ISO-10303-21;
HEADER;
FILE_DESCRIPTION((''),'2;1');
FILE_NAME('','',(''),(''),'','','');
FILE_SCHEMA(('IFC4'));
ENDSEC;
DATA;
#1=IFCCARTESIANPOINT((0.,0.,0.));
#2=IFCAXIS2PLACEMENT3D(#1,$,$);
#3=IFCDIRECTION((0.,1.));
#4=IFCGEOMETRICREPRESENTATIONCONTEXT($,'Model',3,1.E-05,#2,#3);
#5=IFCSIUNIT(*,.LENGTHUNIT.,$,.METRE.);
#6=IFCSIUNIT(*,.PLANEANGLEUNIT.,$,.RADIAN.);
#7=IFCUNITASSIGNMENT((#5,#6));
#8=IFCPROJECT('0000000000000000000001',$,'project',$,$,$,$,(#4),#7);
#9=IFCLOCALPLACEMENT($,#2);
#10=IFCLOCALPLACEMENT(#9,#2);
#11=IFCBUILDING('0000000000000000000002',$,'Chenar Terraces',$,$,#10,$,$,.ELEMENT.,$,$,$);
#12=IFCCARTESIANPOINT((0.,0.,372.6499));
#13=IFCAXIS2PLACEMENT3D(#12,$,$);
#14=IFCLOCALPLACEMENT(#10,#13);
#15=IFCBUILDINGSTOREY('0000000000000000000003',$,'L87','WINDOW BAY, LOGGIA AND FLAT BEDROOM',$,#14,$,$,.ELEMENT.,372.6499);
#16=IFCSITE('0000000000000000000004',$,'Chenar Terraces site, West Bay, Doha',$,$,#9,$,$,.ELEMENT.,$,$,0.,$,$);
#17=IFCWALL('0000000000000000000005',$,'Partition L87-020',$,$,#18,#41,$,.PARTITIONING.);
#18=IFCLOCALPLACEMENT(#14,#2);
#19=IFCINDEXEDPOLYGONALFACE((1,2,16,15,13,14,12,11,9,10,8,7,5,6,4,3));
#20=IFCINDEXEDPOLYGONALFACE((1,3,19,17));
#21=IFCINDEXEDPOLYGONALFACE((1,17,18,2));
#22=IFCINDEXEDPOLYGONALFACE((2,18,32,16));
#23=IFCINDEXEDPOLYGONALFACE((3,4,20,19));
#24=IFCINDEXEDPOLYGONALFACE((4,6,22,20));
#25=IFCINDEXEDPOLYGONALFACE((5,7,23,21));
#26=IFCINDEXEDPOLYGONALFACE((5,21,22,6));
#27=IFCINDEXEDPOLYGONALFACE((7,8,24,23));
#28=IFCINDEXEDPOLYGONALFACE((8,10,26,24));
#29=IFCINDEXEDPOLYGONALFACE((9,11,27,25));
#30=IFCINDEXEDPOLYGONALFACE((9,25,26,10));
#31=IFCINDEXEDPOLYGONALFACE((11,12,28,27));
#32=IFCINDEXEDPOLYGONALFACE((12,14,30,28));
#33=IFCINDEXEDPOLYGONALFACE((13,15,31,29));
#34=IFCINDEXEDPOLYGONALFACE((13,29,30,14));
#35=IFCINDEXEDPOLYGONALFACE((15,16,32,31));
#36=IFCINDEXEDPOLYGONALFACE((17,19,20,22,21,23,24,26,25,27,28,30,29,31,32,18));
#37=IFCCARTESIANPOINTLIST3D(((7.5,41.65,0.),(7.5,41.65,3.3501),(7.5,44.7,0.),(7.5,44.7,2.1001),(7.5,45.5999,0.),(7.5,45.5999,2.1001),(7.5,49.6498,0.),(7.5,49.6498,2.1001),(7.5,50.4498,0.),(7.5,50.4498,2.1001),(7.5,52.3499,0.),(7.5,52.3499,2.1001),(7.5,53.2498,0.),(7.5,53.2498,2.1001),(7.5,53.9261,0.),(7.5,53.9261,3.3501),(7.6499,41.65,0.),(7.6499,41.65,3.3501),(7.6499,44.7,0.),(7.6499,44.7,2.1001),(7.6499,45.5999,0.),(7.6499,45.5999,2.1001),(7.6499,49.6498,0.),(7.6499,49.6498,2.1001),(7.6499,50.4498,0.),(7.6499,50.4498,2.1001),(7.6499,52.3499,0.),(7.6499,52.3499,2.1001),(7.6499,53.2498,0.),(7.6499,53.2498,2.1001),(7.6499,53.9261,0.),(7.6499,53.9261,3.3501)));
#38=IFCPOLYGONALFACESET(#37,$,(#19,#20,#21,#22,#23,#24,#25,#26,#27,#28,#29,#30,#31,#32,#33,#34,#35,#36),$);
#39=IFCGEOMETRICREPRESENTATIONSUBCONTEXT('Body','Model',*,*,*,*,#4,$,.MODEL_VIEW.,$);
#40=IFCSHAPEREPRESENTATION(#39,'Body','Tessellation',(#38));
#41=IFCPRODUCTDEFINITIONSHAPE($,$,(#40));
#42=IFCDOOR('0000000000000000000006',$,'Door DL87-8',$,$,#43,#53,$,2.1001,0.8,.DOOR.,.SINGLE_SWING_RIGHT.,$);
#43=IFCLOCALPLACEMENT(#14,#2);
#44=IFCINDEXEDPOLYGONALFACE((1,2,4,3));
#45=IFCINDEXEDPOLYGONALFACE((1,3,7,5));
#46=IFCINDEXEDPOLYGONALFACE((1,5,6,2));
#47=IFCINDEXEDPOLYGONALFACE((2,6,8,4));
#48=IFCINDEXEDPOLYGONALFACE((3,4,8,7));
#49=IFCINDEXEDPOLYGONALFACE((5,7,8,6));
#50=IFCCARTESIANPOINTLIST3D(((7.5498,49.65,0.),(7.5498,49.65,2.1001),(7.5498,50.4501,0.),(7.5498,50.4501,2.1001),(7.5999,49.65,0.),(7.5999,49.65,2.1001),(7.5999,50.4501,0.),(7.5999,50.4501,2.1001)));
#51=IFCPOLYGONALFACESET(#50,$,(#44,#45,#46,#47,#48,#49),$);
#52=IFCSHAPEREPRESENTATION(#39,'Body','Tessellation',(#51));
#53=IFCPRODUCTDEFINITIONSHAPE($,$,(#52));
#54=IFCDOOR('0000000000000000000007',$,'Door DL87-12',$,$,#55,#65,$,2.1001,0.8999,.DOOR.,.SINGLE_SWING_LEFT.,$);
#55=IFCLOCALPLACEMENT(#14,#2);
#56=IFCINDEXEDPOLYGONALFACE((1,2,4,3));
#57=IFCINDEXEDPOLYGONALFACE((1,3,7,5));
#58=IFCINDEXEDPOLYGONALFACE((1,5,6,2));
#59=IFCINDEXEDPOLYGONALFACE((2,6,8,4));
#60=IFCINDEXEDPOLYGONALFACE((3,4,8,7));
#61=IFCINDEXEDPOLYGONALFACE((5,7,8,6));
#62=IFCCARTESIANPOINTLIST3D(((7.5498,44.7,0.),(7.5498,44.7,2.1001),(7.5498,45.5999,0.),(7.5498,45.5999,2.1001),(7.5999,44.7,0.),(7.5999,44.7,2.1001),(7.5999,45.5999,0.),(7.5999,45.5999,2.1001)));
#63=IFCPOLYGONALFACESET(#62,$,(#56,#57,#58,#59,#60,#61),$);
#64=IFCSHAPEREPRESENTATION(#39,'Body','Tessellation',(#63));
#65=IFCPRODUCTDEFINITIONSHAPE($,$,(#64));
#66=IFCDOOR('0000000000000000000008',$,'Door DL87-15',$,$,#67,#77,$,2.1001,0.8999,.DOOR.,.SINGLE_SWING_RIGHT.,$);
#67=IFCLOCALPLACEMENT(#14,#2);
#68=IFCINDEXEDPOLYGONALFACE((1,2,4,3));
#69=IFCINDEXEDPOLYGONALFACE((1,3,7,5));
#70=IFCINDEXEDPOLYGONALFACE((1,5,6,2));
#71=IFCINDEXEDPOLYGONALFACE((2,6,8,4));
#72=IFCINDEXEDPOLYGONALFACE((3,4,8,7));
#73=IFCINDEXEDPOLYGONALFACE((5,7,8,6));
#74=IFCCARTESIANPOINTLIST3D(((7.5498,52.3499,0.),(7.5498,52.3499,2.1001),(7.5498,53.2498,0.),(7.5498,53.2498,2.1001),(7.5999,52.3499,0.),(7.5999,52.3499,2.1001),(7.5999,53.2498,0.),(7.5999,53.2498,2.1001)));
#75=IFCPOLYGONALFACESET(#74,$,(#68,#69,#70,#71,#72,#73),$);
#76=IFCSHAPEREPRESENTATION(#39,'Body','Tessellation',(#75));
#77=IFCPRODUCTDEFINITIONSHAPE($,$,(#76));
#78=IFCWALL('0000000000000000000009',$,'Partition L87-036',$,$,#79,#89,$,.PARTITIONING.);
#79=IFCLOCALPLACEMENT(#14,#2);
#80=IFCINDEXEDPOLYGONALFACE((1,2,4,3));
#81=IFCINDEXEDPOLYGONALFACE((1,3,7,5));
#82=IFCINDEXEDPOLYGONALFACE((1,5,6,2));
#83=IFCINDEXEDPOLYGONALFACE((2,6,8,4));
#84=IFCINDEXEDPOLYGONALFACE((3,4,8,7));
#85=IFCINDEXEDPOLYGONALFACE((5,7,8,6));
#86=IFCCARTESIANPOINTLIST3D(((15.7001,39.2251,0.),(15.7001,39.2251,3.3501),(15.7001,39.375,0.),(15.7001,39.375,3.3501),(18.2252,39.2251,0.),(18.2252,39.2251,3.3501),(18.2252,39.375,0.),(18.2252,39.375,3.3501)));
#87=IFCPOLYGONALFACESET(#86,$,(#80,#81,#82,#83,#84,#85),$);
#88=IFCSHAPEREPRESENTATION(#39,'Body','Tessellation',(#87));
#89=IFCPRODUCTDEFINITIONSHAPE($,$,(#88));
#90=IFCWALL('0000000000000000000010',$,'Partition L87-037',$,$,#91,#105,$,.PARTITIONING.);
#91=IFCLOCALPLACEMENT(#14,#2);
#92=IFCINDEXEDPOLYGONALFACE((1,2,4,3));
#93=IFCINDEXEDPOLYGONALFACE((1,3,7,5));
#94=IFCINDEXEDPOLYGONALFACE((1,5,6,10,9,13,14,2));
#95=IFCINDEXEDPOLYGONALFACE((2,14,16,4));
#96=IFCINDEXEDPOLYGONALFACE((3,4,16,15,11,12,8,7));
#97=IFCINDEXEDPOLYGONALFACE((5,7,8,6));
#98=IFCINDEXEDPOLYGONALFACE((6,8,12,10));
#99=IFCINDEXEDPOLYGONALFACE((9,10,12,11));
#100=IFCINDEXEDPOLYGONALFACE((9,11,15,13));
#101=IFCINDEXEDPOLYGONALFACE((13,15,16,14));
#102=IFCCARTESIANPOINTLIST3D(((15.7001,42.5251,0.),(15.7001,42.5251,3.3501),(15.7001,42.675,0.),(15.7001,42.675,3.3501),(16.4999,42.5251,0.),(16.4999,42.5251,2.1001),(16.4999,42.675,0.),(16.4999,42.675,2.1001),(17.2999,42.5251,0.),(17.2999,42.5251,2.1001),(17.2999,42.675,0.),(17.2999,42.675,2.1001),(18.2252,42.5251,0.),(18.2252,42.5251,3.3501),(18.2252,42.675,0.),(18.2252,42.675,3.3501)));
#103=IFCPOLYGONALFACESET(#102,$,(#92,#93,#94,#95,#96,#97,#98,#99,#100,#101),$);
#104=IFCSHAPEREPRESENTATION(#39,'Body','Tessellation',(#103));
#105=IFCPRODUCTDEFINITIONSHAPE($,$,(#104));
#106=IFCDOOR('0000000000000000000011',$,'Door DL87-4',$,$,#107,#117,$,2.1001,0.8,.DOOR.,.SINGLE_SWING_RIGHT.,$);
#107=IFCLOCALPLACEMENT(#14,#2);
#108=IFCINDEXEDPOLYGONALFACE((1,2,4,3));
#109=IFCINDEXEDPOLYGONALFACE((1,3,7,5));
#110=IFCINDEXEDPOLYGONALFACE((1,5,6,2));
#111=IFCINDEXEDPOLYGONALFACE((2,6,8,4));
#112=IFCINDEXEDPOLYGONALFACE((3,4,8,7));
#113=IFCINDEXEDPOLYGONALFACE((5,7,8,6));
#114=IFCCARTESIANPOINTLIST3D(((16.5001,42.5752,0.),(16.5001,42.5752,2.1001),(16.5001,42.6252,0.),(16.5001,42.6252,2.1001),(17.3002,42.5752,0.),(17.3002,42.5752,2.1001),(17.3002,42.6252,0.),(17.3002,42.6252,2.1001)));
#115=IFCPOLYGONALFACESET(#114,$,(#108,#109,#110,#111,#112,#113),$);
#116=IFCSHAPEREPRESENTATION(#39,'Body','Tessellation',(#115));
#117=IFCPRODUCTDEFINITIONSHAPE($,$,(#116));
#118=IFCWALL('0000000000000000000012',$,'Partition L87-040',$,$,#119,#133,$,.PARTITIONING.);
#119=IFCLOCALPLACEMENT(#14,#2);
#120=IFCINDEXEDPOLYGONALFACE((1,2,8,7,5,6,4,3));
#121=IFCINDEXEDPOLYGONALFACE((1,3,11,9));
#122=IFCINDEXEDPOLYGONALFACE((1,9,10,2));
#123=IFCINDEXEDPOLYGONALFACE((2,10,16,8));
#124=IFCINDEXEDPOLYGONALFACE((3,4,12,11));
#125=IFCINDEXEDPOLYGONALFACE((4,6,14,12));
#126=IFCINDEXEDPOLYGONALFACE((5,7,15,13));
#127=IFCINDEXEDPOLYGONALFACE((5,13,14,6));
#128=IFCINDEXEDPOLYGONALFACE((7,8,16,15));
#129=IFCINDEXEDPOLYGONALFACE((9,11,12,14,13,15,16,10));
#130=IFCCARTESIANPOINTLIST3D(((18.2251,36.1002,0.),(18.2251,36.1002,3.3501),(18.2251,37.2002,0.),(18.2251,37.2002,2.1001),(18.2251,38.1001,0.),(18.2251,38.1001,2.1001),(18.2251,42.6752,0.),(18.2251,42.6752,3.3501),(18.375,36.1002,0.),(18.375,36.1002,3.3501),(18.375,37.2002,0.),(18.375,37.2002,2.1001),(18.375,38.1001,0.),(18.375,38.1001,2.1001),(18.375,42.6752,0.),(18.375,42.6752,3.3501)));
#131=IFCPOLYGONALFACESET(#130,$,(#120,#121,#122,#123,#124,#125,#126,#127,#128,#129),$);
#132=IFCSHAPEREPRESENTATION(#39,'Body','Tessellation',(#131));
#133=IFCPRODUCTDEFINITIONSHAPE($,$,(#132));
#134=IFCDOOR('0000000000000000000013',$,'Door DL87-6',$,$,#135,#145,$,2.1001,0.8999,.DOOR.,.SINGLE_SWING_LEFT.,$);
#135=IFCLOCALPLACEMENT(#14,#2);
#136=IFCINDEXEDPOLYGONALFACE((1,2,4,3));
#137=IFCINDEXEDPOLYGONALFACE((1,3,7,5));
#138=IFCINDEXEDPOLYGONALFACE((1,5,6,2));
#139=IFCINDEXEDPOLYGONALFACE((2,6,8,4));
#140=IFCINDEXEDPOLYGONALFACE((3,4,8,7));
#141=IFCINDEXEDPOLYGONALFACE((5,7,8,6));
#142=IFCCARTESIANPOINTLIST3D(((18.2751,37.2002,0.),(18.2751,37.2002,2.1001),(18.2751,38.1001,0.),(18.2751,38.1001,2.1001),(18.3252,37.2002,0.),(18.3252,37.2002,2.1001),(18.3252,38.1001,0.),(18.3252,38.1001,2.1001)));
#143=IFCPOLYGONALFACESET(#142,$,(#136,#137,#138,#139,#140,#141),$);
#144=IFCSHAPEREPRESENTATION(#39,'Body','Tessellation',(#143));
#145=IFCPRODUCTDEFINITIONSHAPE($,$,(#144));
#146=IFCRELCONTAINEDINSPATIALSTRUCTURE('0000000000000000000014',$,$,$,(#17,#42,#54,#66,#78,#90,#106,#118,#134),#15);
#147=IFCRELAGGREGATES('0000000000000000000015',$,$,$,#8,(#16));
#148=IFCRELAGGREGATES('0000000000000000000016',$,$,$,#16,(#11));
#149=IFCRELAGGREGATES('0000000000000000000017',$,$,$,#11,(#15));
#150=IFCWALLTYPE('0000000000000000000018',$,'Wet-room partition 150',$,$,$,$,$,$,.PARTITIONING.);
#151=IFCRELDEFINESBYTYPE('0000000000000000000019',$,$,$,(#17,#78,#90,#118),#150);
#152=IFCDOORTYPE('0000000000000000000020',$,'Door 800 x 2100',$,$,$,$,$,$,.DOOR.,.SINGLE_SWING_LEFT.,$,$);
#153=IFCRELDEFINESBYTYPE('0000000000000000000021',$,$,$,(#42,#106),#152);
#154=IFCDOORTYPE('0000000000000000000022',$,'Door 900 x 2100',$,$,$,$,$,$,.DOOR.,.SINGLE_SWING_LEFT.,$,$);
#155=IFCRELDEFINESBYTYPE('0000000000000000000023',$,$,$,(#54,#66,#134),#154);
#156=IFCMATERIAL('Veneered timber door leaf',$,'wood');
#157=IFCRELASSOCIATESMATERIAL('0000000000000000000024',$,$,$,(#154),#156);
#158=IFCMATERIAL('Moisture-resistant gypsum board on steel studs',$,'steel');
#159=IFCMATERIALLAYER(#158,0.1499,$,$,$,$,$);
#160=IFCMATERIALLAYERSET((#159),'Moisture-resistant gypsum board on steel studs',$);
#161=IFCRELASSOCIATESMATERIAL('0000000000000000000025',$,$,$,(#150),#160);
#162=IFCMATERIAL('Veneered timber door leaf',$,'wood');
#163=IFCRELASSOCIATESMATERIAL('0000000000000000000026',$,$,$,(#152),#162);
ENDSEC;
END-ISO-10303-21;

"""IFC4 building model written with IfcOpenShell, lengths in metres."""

from ifc_helpers import new_model, si_unit, direction, frame, frame_2d, origin, place, context, subcontext, project, spatial, rectangle, extrude, material, layer, layer_set, type_object, element, fill, save


model = new_model("IFC4")

# Units and contexts
model_context = context("Model", 3, precision=1e-05, world=origin(), true_north=direction((0.0, 1.0)))
body_context = subcontext(model_context, "Body", "Model", "MODEL_VIEW")
ifc_project = project(units=[si_unit("LENGTHUNIT", "METRE"), si_unit("PLANEANGLEUNIT", "RADIAN")], contexts=[model_context])

# Site, building, storey
site_placement = place(None, origin())
site = spatial("IfcSite", under=ifc_project, at=site_placement, Name="Chenar Terraces site, West Bay, Doha", CompositionType="ELEMENT", RefElevation=0.0)
building_placement = place(site_placement, origin())
building = spatial("IfcBuilding", under=site, at=building_placement, Name="Chenar Terraces", CompositionType="ELEMENT")
storey_placement = place(building_placement, frame((0.0, 0.0, 372.6499)))
storey = spatial("IfcBuildingStorey", under=building, at=storey_placement, Name="L87", Description="WINDOW BAY, LOGGIA AND FLAT BEDROOM", CompositionType="ELEMENT", Elevation=372.6499)

# Shared definitions
ifc_material_1 = material(Name="Veneered timber door leaf", Category="wood")
door_type_1 = type_object("IfcDoorType", Name="Door 900 x 2100", OperationType="SINGLE_SWING_LEFT", PredefinedType="DOOR", material=ifc_material_1)

# Shared definitions
ifc_material_2 = material(Name="Moisture-resistant gypsum board on steel studs", Category="steel")
ifc_layer_1 = layer(ifc_material_2, 0.1499)
ifc_layer_set_1 = layer_set([ifc_layer_1], Name="Moisture-resistant gypsum board on steel studs")
wall_type_1 = type_object("IfcWallType", Name="Wet-room partition 150", PredefinedType="PARTITIONING", material=ifc_layer_set_1)

# Wall, openings, doors
wall_1_placement = place(storey_placement, frame((7.575, 41.6499, 0.0), z_axis=(0.0, 0.0, 1.0), x_axis=(0.0, 1.0, 0.0)))
wall_1 = element("IfcWall", 1, at=wall_1_placement, inside=storey, type_object=wall_type_1, Name="Partition L87-020", PredefinedType="PARTITIONING", context=body_context, shape_type="SweptSolid", body=[
    extrude(rectangle(XDim=12.2761, YDim=0.1499, at=frame_2d((6.1382, 0.0))), origin(), (0.0, 0.0, 1.0), 3.3501),
])
opening_1_placement = place(wall_1_placement, frame((8.0, 0.0, 0.0)))
opening_1 = element("IfcOpeningElement", 2, at=opening_1_placement, cuts=wall_1, PredefinedType="OPENING", context=body_context, shape_type="SweptSolid", body=[
    extrude(rectangle(XDim=0.8, YDim=2.1001, at=frame_2d((0.3999, 1.05))), frame((0.0, 0.085, 0.0), z_axis=(0.0, -1.0, 0.0), x_axis=(1.0, 0.0, 0.0)), (0.0, 0.0, 1.0), 0.1699),
])
opening_2_placement = place(wall_1_placement, frame((3.05, 0.0, 0.0)))
opening_2 = element("IfcOpeningElement", 3, at=opening_2_placement, cuts=wall_1, PredefinedType="OPENING", context=body_context, shape_type="SweptSolid", body=[
    extrude(rectangle(XDim=0.8999, YDim=2.1001, at=frame_2d((0.45, 1.05))), frame((0.0, 0.085, 0.0), z_axis=(0.0, -1.0, 0.0), x_axis=(1.0, 0.0, 0.0)), (0.0, 0.0, 1.0), 0.1699),
])
opening_3_placement = place(wall_1_placement, frame((10.7, 0.0, 0.0)))
opening_3 = element("IfcOpeningElement", 4, at=opening_3_placement, cuts=wall_1, PredefinedType="OPENING", context=body_context, shape_type="SweptSolid", body=[
    extrude(rectangle(XDim=0.8999, YDim=2.1001, at=frame_2d((0.45, 1.05))), frame((0.0, 0.085, 0.0), z_axis=(0.0, -1.0, 0.0), x_axis=(1.0, 0.0, 0.0)), (0.0, 0.0, 1.0), 0.1699),
])
ifc_material_3 = material(Name="Veneered timber door leaf", Category="wood")
door_type_2 = type_object("IfcDoorType", Name="Door 800 x 2100", OperationType="SINGLE_SWING_LEFT", PredefinedType="DOOR", material=ifc_material_3)
door_1_placement = place(opening_1_placement, frame((0.8, 0.0, 0.0), z_axis=(0.0, 0.0, 1.0), x_axis=(-1.0, 0.0, 0.0)))
door_1 = element("IfcDoor", 5, at=door_1_placement, inside=storey, type_object=door_type_2, Name="Door DL87-8", OperationType="SINGLE_SWING_RIGHT", OverallHeight=2.1001, OverallWidth=0.8, PredefinedType="DOOR", context=body_context, shape_type="SweptSolid", body=[
    extrude(rectangle(XDim=0.8, YDim=2.1001, at=frame_2d((0.3999, 1.05))), frame((0.0, 0.0249, 0.0), z_axis=(0.0, -1.0, 0.0), x_axis=(1.0, 0.0, 0.0)), (0.0, 0.0, 1.0), 0.05),
])
fill(opening_1, door_1)
door_2_placement = place(opening_2_placement, frame((0.8999, 0.0, 0.0), z_axis=(0.0, 0.0, 1.0), x_axis=(-1.0, 0.0, 0.0)))
door_2 = element("IfcDoor", 6, at=door_2_placement, inside=storey, type_object=door_type_1, Name="Door DL87-12", OperationType="SINGLE_SWING_LEFT", OverallHeight=2.1001, OverallWidth=0.8999, PredefinedType="DOOR", context=body_context, shape_type="SweptSolid", body=[
    extrude(rectangle(XDim=0.8999, YDim=2.1001, at=frame_2d((0.45, 1.05))), frame((0.0, 0.0249, 0.0), z_axis=(0.0, -1.0, 0.0), x_axis=(1.0, 0.0, 0.0)), (0.0, 0.0, 1.0), 0.05),
])
fill(opening_2, door_2)
door_3_placement = place(opening_3_placement, frame((0.8999, 0.0, 0.0), z_axis=(0.0, 0.0, 1.0), x_axis=(-1.0, 0.0, 0.0)))
door_3 = element("IfcDoor", 7, at=door_3_placement, inside=storey, type_object=door_type_1, Name="Door DL87-15", OperationType="SINGLE_SWING_RIGHT", OverallHeight=2.1001, OverallWidth=0.8999, PredefinedType="DOOR", context=body_context, shape_type="SweptSolid", body=[
    extrude(rectangle(XDim=0.8999, YDim=2.1001, at=frame_2d((0.45, 1.05))), frame((0.0, 0.0249, 0.0), z_axis=(0.0, -1.0, 0.0), x_axis=(1.0, 0.0, 0.0)), (0.0, 0.0, 1.0), 0.05),
])
fill(opening_3, door_3)

# Wall
wall_2_placement = place(storey_placement, frame((15.7, 39.3, 0.0), z_axis=(0.0, 0.0, 1.0), x_axis=(1.0, 0.0, 0.0)))
element("IfcWall", 8, at=wall_2_placement, inside=storey, type_object=wall_type_1, Name="Partition L87-036", PredefinedType="PARTITIONING", context=body_context, shape_type="SweptSolid", body=[
    extrude(rectangle(XDim=2.5251, YDim=0.1499, at=frame_2d((1.2627, 0.0))), origin(), (0.0, 0.0, 1.0), 3.3501),
])

# Walls, openings, doors
wall_3_placement = place(storey_placement, frame((15.7, 42.6001, 0.0), z_axis=(0.0, 0.0, 1.0), x_axis=(1.0, 0.0, 0.0)))
wall_3 = element("IfcWall", 9, at=wall_3_placement, inside=storey, type_object=wall_type_1, Name="Partition L87-037", PredefinedType="PARTITIONING", context=body_context, shape_type="SweptSolid", body=[
    extrude(rectangle(XDim=2.5251, YDim=0.1499, at=frame_2d((1.2627, 0.0))), origin(), (0.0, 0.0, 1.0), 3.3501),
])
opening_4_placement = place(wall_3_placement, frame((0.8, 0.0, 0.0)))
opening_4 = element("IfcOpeningElement", 10, at=opening_4_placement, cuts=wall_3, PredefinedType="OPENING", context=body_context, shape_type="SweptSolid", body=[
    extrude(rectangle(XDim=0.8, YDim=2.1001, at=frame_2d((0.3999, 1.05))), frame((0.0, 0.085, 0.0), z_axis=(0.0, -1.0, 0.0), x_axis=(1.0, 0.0, 0.0)), (0.0, 0.0, 1.0), 0.1699),
])
door_4_placement = place(opening_4_placement, frame((0.8, 0.0, 0.0), z_axis=(0.0, 0.0, 1.0), x_axis=(-1.0, 0.0, 0.0)))
door_4 = element("IfcDoor", 11, at=door_4_placement, inside=storey, type_object=door_type_2, Name="Door DL87-4", OperationType="SINGLE_SWING_RIGHT", OverallHeight=2.1001, OverallWidth=0.8, PredefinedType="DOOR", context=body_context, shape_type="SweptSolid", body=[
    extrude(rectangle(XDim=0.8, YDim=2.1001, at=frame_2d((0.3999, 1.05))), frame((0.0, 0.0249, 0.0), z_axis=(0.0, -1.0, 0.0), x_axis=(1.0, 0.0, 0.0)), (0.0, 0.0, 1.0), 0.05),
])
fill(opening_4, door_4)
wall_4_placement = place(storey_placement, frame((18.3, 36.1001, 0.0), z_axis=(0.0, 0.0, 1.0), x_axis=(0.0, 1.0, 0.0)))
wall_4 = element("IfcWall", 12, at=wall_4_placement, inside=storey, type_object=wall_type_1, Name="Partition L87-040", PredefinedType="PARTITIONING", context=body_context, shape_type="SweptSolid", body=[
    extrude(rectangle(XDim=6.575, YDim=0.1499, at=frame_2d((3.2876, 0.0))), origin(), (0.0, 0.0, 1.0), 3.3501),
])
opening_5_placement = place(wall_4_placement, frame((1.1001, 0.0, 0.0)))
opening_5 = element("IfcOpeningElement", 13, at=opening_5_placement, cuts=wall_4, PredefinedType="OPENING", context=body_context, shape_type="SweptSolid", body=[
    extrude(rectangle(XDim=0.8999, YDim=2.1001, at=frame_2d((0.45, 1.05))), frame((0.0, 0.085, 0.0), z_axis=(0.0, -1.0, 0.0), x_axis=(1.0, 0.0, 0.0)), (0.0, 0.0, 1.0), 0.1699),
])
door_5_placement = place(opening_5_placement, origin())
door_5 = element("IfcDoor", 14, at=door_5_placement, inside=storey, type_object=door_type_1, Name="Door DL87-6", OperationType="SINGLE_SWING_LEFT", OverallHeight=2.1001, OverallWidth=0.8999, PredefinedType="DOOR", context=body_context, shape_type="SweptSolid", body=[
    extrude(rectangle(XDim=0.8999, YDim=2.1001, at=frame_2d((0.45, 1.05))), frame((0.0, 0.0249, 0.0), z_axis=(0.0, -1.0, 0.0), x_axis=(1.0, 0.0, 0.0)), (0.0, 0.0, 1.0), 0.05),
])
fill(opening_5, door_5)

save(model, "model.ifc")
